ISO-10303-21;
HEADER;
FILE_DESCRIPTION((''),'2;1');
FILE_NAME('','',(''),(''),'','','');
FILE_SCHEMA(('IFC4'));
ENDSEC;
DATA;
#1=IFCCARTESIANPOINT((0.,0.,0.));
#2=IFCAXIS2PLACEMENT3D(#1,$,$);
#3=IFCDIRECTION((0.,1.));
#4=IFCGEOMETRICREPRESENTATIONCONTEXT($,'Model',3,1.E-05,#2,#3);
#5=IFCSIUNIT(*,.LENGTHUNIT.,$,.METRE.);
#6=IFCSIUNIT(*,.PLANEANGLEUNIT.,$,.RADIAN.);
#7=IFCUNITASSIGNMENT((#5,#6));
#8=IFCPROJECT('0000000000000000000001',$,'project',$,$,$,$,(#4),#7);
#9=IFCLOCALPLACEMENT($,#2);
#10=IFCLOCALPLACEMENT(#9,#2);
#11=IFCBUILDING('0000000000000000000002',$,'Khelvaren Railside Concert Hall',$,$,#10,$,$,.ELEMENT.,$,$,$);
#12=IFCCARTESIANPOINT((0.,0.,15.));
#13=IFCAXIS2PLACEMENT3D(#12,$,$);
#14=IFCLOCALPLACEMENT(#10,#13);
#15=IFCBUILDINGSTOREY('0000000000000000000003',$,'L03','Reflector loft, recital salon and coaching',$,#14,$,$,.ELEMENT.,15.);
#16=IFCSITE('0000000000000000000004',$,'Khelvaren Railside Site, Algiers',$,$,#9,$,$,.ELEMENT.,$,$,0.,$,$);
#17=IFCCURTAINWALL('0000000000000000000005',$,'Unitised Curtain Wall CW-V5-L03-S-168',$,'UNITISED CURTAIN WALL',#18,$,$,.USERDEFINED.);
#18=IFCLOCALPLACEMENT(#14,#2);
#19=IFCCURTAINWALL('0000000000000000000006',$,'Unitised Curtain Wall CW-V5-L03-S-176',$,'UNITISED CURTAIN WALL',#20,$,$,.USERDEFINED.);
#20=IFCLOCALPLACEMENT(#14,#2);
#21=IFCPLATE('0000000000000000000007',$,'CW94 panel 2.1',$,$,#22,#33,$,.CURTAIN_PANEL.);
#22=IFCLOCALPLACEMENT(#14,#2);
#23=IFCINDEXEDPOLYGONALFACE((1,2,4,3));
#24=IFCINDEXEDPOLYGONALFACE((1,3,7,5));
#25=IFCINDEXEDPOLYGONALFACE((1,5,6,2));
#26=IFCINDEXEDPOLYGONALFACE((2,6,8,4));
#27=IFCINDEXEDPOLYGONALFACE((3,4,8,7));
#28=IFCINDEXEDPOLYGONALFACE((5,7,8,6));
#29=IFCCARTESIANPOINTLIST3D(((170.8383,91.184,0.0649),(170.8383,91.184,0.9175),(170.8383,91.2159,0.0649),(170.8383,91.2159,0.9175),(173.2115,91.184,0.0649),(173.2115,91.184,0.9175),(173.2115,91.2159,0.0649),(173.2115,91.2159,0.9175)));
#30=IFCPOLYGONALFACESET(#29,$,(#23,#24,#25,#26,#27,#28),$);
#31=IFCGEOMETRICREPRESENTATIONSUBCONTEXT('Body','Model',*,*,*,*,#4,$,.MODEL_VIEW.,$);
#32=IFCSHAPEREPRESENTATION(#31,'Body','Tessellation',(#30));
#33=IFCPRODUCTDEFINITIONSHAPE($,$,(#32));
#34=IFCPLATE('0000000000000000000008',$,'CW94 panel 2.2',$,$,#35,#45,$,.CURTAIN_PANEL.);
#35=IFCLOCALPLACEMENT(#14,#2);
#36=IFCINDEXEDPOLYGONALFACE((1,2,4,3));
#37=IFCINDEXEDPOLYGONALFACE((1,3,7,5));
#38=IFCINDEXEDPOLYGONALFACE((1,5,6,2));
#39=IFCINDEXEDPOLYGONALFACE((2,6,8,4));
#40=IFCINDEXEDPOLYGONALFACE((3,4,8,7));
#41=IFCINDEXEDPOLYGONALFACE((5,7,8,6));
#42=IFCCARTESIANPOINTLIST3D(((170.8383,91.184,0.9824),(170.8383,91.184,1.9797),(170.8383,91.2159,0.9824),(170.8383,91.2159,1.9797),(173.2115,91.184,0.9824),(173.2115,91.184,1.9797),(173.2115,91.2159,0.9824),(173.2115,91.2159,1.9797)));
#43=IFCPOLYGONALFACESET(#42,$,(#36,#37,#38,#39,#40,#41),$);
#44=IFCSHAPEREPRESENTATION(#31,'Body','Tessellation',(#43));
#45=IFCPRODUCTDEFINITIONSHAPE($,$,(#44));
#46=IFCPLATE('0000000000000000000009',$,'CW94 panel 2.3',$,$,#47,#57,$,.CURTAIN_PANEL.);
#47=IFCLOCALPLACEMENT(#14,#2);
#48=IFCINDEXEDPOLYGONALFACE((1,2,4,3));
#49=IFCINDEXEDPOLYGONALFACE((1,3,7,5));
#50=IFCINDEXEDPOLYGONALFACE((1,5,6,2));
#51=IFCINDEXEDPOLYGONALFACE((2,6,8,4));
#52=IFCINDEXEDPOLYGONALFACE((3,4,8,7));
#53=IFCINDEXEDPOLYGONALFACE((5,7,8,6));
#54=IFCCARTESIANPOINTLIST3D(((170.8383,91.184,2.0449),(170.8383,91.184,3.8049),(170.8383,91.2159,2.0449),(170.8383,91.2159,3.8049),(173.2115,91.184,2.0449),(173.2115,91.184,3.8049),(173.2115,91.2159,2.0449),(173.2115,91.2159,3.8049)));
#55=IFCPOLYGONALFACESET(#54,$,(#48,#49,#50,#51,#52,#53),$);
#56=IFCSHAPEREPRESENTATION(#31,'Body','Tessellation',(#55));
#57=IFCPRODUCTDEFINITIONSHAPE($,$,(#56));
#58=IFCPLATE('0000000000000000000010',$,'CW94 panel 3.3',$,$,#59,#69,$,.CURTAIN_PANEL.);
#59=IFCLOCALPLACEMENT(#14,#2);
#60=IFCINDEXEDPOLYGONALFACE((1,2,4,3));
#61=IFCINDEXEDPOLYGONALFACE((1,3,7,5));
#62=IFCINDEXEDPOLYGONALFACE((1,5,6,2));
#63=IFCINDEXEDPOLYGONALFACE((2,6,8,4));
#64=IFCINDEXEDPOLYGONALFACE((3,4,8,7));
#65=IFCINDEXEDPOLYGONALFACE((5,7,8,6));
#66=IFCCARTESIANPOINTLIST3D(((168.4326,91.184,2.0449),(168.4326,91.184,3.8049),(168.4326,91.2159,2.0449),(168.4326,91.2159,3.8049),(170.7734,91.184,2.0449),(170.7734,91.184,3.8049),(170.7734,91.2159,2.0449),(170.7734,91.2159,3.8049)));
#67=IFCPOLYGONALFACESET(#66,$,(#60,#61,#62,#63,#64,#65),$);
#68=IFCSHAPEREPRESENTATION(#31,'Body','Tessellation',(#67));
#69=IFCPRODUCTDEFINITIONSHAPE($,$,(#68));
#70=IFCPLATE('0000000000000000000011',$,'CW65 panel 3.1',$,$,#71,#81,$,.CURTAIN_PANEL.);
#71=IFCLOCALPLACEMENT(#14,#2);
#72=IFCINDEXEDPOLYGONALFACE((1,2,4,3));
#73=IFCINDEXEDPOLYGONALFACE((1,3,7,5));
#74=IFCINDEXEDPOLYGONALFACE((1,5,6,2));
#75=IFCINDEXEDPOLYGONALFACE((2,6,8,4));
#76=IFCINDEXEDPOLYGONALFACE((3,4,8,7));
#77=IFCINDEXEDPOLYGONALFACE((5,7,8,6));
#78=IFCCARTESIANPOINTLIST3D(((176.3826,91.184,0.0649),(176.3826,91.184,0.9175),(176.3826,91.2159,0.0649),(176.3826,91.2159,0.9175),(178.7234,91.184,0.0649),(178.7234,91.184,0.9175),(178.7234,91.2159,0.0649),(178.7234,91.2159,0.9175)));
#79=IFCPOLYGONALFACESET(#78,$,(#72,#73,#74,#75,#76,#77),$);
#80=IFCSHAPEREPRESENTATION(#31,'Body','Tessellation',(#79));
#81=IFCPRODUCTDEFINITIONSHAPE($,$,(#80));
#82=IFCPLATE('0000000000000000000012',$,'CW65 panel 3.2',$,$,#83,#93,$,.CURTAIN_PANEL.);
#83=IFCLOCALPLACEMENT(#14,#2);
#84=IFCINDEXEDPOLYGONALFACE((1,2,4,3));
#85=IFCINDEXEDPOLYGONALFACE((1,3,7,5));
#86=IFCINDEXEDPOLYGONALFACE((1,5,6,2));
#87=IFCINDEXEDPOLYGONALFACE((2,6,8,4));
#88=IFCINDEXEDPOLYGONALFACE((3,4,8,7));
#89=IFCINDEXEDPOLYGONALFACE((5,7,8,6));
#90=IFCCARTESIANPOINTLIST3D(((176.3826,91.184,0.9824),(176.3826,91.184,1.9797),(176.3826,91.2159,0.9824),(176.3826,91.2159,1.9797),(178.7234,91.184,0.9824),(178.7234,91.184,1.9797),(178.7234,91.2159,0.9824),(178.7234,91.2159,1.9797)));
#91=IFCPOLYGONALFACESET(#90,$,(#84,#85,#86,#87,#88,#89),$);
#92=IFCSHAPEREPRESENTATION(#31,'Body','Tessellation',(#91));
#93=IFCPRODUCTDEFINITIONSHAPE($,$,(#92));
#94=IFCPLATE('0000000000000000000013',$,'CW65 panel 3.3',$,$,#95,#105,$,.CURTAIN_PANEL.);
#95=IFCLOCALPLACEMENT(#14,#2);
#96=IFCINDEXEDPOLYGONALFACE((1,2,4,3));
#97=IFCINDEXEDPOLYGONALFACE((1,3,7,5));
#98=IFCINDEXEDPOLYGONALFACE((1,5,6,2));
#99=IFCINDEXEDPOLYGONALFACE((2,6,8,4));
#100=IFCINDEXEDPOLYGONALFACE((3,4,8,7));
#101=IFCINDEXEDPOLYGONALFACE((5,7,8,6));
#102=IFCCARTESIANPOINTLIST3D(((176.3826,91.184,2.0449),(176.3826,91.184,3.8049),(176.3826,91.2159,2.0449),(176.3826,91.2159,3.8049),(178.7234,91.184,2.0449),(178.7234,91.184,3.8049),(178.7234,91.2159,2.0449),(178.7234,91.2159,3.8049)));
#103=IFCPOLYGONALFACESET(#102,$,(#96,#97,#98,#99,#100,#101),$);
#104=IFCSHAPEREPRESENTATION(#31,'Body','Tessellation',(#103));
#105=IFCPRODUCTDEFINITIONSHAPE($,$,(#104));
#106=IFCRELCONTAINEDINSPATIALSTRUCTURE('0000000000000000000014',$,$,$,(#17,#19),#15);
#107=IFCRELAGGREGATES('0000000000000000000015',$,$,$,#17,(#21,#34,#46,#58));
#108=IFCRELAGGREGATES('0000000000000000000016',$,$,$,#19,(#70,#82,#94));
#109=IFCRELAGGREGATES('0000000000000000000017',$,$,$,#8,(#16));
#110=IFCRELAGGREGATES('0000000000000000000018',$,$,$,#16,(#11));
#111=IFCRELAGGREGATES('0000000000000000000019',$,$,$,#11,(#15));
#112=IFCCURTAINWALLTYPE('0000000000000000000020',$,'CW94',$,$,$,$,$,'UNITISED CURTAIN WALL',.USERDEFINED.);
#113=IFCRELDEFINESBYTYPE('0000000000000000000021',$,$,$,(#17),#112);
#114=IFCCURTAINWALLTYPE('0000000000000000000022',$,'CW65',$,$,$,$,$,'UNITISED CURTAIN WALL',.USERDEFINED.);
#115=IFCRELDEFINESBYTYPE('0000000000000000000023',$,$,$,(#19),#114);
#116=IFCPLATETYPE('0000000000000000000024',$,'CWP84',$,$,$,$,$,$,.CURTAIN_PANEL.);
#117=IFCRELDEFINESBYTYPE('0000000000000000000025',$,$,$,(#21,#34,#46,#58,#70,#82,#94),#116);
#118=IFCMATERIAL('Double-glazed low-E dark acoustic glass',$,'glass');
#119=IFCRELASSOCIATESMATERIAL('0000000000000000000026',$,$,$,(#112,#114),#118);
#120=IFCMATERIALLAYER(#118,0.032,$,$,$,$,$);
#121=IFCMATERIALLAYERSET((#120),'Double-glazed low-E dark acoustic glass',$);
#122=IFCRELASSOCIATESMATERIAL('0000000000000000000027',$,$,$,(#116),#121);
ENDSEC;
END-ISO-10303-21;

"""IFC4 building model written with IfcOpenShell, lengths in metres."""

from ifc_helpers import new_model, si_unit, direction, frame, origin, origin_2d, place, context, subcontext, project, spatial, rectangle, extrude, material, layer, layer_set, type_object, element, aggregate, save


model = new_model("IFC4")

# Units and contexts
model_context = context("Model", 3, precision=1e-05, world=origin(), true_north=direction((0.0, 1.0)))
body_context = subcontext(model_context, "Body", "Model", "MODEL_VIEW")
ifc_project = project(units=[si_unit("LENGTHUNIT", "METRE"), si_unit("PLANEANGLEUNIT", "RADIAN")], contexts=[model_context])

# Site, building, storey
site_placement = place(None, origin())
site = spatial("IfcSite", under=ifc_project, at=site_placement, Name="Khelvaren Railside Site, Algiers", CompositionType="ELEMENT", RefElevation=0.0)
building_placement = place(site_placement, origin())
building = spatial("IfcBuilding", under=site, at=building_placement, Name="Khelvaren Railside Concert Hall", CompositionType="ELEMENT")
storey_placement = place(building_placement, frame((0.0, 0.0, 15.0)))
storey = spatial("IfcBuildingStorey", under=building, at=storey_placement, Name="L03", Description="Reflector loft, recital salon and coaching", CompositionType="ELEMENT", Elevation=15.0)

# Curtain wall
ifc_material_1 = material(Name="Double-glazed low-E dark acoustic glass", Category="glass")
curtain_wall_type_1 = type_object("IfcCurtainWallType", Name="CW94", ElementType="UNITISED CURTAIN WALL", PredefinedType="USERDEFINED", material=ifc_material_1)
curtain_wall_1_placement = place(storey_placement, origin())
curtain_wall_1 = element("IfcCurtainWall", 1, at=curtain_wall_1_placement, inside=storey, type_object=curtain_wall_type_1, Name="Unitised Curtain Wall CW-V5-L03-S-168", ObjectType="UNITISED CURTAIN WALL", PredefinedType="USERDEFINED")

# Curtain wall
curtain_wall_type_2 = type_object("IfcCurtainWallType", Name="CW65", ElementType="UNITISED CURTAIN WALL", PredefinedType="USERDEFINED", material=ifc_material_1)
curtain_wall_2_placement = place(storey_placement, origin())
curtain_wall_2 = element("IfcCurtainWall", 2, at=curtain_wall_2_placement, inside=storey, type_object=curtain_wall_type_2, Name="Unitised Curtain Wall CW-V5-L03-S-176", ObjectType="UNITISED CURTAIN WALL", PredefinedType="USERDEFINED")

# Plates
ifc_layer = layer(ifc_material_1, 0.032)
ifc_layer_set = layer_set([ifc_layer], Name="Double-glazed low-E dark acoustic glass")
plate_type = type_object("IfcPlateType", Name="CWP84", PredefinedType="CURTAIN_PANEL", material=ifc_layer_set)
plate_1_placement = place(storey_placement, frame((172.0249, 91.2, 0.0649), z_axis=(0.0, 0.0, 1.0), x_axis=(-1.0, 0.0, 0.0)))
plate_1 = element("IfcPlate", 3, at=plate_1_placement, type_object=plate_type, Name="CW94 panel 2.1", PredefinedType="CURTAIN_PANEL", context=body_context, shape_type="SweptSolid", body=[
    extrude(rectangle(XDim=2.3733, YDim=0.032, at=origin_2d()), origin(), (0.0, 0.0, 1.0), 0.8525),
])
plate_2_placement = place(storey_placement, frame((172.0249, 91.2, 0.9824), z_axis=(0.0, 0.0, 1.0), x_axis=(-1.0, 0.0, 0.0)))
plate_2 = element("IfcPlate", 4, at=plate_2_placement, type_object=plate_type, Name="CW94 panel 2.2", PredefinedType="CURTAIN_PANEL", context=body_context, shape_type="SweptSolid", body=[
    extrude(rectangle(XDim=2.3733, YDim=0.032, at=origin_2d()), origin(), (0.0, 0.0, 1.0), 0.9973),
])
plate_3_placement = place(storey_placement, frame((172.0249, 91.2, 2.0449), z_axis=(0.0, 0.0, 1.0), x_axis=(-1.0, 0.0, 0.0)))
plate_3 = element("IfcPlate", 5, at=plate_3_placement, type_object=plate_type, Name="CW94 panel 2.3", PredefinedType="CURTAIN_PANEL", context=body_context, shape_type="SweptSolid", body=[
    extrude(rectangle(XDim=2.3733, YDim=0.032, at=origin_2d()), origin(), (0.0, 0.0, 1.0), 1.76),
])
plate_4_placement = place(storey_placement, frame((169.603, 91.2, 2.0449), z_axis=(0.0, 0.0, 1.0), x_axis=(-1.0, 0.0, 0.0)))
plate_4 = element("IfcPlate", 6, at=plate_4_placement, type_object=plate_type, Name="CW94 panel 3.3", PredefinedType="CURTAIN_PANEL", context=body_context, shape_type="SweptSolid", body=[
    extrude(rectangle(XDim=2.3408, YDim=0.032, at=origin_2d()), origin(), (0.0, 0.0, 1.0), 1.76),
])
aggregate(curtain_wall_1, [plate_1, plate_2, plate_3, plate_4])
plate_5_placement = place(storey_placement, frame((177.553, 91.2, 0.0649), z_axis=(0.0, 0.0, 1.0), x_axis=(-1.0, 0.0, 0.0)))
plate_5 = element("IfcPlate", 7, at=plate_5_placement, type_object=plate_type, Name="CW65 panel 3.1", PredefinedType="CURTAIN_PANEL", context=body_context, shape_type="SweptSolid", body=[
    extrude(rectangle(XDim=2.3408, YDim=0.032, at=origin_2d()), origin(), (0.0, 0.0, 1.0), 0.8525),
])
plate_6_placement = place(storey_placement, frame((177.553, 91.2, 0.9824), z_axis=(0.0, 0.0, 1.0), x_axis=(-1.0, 0.0, 0.0)))
plate_6 = element("IfcPlate", 8, at=plate_6_placement, type_object=plate_type, Name="CW65 panel 3.2", PredefinedType="CURTAIN_PANEL", context=body_context, shape_type="SweptSolid", body=[
    extrude(rectangle(XDim=2.3408, YDim=0.032, at=origin_2d()), origin(), (0.0, 0.0, 1.0), 0.9973),
])
plate_7_placement = place(storey_placement, frame((177.553, 91.2, 2.0449), z_axis=(0.0, 0.0, 1.0), x_axis=(-1.0, 0.0, 0.0)))
plate_7 = element("IfcPlate", 9, at=plate_7_placement, type_object=plate_type, Name="CW65 panel 3.3", PredefinedType="CURTAIN_PANEL", context=body_context, shape_type="SweptSolid", body=[
    extrude(rectangle(XDim=2.3408, YDim=0.032, at=origin_2d()), origin(), (0.0, 0.0, 1.0), 1.76),
])
aggregate(curtain_wall_2, [plate_5, plate_6, plate_7])

save(model, "model.ifc")
